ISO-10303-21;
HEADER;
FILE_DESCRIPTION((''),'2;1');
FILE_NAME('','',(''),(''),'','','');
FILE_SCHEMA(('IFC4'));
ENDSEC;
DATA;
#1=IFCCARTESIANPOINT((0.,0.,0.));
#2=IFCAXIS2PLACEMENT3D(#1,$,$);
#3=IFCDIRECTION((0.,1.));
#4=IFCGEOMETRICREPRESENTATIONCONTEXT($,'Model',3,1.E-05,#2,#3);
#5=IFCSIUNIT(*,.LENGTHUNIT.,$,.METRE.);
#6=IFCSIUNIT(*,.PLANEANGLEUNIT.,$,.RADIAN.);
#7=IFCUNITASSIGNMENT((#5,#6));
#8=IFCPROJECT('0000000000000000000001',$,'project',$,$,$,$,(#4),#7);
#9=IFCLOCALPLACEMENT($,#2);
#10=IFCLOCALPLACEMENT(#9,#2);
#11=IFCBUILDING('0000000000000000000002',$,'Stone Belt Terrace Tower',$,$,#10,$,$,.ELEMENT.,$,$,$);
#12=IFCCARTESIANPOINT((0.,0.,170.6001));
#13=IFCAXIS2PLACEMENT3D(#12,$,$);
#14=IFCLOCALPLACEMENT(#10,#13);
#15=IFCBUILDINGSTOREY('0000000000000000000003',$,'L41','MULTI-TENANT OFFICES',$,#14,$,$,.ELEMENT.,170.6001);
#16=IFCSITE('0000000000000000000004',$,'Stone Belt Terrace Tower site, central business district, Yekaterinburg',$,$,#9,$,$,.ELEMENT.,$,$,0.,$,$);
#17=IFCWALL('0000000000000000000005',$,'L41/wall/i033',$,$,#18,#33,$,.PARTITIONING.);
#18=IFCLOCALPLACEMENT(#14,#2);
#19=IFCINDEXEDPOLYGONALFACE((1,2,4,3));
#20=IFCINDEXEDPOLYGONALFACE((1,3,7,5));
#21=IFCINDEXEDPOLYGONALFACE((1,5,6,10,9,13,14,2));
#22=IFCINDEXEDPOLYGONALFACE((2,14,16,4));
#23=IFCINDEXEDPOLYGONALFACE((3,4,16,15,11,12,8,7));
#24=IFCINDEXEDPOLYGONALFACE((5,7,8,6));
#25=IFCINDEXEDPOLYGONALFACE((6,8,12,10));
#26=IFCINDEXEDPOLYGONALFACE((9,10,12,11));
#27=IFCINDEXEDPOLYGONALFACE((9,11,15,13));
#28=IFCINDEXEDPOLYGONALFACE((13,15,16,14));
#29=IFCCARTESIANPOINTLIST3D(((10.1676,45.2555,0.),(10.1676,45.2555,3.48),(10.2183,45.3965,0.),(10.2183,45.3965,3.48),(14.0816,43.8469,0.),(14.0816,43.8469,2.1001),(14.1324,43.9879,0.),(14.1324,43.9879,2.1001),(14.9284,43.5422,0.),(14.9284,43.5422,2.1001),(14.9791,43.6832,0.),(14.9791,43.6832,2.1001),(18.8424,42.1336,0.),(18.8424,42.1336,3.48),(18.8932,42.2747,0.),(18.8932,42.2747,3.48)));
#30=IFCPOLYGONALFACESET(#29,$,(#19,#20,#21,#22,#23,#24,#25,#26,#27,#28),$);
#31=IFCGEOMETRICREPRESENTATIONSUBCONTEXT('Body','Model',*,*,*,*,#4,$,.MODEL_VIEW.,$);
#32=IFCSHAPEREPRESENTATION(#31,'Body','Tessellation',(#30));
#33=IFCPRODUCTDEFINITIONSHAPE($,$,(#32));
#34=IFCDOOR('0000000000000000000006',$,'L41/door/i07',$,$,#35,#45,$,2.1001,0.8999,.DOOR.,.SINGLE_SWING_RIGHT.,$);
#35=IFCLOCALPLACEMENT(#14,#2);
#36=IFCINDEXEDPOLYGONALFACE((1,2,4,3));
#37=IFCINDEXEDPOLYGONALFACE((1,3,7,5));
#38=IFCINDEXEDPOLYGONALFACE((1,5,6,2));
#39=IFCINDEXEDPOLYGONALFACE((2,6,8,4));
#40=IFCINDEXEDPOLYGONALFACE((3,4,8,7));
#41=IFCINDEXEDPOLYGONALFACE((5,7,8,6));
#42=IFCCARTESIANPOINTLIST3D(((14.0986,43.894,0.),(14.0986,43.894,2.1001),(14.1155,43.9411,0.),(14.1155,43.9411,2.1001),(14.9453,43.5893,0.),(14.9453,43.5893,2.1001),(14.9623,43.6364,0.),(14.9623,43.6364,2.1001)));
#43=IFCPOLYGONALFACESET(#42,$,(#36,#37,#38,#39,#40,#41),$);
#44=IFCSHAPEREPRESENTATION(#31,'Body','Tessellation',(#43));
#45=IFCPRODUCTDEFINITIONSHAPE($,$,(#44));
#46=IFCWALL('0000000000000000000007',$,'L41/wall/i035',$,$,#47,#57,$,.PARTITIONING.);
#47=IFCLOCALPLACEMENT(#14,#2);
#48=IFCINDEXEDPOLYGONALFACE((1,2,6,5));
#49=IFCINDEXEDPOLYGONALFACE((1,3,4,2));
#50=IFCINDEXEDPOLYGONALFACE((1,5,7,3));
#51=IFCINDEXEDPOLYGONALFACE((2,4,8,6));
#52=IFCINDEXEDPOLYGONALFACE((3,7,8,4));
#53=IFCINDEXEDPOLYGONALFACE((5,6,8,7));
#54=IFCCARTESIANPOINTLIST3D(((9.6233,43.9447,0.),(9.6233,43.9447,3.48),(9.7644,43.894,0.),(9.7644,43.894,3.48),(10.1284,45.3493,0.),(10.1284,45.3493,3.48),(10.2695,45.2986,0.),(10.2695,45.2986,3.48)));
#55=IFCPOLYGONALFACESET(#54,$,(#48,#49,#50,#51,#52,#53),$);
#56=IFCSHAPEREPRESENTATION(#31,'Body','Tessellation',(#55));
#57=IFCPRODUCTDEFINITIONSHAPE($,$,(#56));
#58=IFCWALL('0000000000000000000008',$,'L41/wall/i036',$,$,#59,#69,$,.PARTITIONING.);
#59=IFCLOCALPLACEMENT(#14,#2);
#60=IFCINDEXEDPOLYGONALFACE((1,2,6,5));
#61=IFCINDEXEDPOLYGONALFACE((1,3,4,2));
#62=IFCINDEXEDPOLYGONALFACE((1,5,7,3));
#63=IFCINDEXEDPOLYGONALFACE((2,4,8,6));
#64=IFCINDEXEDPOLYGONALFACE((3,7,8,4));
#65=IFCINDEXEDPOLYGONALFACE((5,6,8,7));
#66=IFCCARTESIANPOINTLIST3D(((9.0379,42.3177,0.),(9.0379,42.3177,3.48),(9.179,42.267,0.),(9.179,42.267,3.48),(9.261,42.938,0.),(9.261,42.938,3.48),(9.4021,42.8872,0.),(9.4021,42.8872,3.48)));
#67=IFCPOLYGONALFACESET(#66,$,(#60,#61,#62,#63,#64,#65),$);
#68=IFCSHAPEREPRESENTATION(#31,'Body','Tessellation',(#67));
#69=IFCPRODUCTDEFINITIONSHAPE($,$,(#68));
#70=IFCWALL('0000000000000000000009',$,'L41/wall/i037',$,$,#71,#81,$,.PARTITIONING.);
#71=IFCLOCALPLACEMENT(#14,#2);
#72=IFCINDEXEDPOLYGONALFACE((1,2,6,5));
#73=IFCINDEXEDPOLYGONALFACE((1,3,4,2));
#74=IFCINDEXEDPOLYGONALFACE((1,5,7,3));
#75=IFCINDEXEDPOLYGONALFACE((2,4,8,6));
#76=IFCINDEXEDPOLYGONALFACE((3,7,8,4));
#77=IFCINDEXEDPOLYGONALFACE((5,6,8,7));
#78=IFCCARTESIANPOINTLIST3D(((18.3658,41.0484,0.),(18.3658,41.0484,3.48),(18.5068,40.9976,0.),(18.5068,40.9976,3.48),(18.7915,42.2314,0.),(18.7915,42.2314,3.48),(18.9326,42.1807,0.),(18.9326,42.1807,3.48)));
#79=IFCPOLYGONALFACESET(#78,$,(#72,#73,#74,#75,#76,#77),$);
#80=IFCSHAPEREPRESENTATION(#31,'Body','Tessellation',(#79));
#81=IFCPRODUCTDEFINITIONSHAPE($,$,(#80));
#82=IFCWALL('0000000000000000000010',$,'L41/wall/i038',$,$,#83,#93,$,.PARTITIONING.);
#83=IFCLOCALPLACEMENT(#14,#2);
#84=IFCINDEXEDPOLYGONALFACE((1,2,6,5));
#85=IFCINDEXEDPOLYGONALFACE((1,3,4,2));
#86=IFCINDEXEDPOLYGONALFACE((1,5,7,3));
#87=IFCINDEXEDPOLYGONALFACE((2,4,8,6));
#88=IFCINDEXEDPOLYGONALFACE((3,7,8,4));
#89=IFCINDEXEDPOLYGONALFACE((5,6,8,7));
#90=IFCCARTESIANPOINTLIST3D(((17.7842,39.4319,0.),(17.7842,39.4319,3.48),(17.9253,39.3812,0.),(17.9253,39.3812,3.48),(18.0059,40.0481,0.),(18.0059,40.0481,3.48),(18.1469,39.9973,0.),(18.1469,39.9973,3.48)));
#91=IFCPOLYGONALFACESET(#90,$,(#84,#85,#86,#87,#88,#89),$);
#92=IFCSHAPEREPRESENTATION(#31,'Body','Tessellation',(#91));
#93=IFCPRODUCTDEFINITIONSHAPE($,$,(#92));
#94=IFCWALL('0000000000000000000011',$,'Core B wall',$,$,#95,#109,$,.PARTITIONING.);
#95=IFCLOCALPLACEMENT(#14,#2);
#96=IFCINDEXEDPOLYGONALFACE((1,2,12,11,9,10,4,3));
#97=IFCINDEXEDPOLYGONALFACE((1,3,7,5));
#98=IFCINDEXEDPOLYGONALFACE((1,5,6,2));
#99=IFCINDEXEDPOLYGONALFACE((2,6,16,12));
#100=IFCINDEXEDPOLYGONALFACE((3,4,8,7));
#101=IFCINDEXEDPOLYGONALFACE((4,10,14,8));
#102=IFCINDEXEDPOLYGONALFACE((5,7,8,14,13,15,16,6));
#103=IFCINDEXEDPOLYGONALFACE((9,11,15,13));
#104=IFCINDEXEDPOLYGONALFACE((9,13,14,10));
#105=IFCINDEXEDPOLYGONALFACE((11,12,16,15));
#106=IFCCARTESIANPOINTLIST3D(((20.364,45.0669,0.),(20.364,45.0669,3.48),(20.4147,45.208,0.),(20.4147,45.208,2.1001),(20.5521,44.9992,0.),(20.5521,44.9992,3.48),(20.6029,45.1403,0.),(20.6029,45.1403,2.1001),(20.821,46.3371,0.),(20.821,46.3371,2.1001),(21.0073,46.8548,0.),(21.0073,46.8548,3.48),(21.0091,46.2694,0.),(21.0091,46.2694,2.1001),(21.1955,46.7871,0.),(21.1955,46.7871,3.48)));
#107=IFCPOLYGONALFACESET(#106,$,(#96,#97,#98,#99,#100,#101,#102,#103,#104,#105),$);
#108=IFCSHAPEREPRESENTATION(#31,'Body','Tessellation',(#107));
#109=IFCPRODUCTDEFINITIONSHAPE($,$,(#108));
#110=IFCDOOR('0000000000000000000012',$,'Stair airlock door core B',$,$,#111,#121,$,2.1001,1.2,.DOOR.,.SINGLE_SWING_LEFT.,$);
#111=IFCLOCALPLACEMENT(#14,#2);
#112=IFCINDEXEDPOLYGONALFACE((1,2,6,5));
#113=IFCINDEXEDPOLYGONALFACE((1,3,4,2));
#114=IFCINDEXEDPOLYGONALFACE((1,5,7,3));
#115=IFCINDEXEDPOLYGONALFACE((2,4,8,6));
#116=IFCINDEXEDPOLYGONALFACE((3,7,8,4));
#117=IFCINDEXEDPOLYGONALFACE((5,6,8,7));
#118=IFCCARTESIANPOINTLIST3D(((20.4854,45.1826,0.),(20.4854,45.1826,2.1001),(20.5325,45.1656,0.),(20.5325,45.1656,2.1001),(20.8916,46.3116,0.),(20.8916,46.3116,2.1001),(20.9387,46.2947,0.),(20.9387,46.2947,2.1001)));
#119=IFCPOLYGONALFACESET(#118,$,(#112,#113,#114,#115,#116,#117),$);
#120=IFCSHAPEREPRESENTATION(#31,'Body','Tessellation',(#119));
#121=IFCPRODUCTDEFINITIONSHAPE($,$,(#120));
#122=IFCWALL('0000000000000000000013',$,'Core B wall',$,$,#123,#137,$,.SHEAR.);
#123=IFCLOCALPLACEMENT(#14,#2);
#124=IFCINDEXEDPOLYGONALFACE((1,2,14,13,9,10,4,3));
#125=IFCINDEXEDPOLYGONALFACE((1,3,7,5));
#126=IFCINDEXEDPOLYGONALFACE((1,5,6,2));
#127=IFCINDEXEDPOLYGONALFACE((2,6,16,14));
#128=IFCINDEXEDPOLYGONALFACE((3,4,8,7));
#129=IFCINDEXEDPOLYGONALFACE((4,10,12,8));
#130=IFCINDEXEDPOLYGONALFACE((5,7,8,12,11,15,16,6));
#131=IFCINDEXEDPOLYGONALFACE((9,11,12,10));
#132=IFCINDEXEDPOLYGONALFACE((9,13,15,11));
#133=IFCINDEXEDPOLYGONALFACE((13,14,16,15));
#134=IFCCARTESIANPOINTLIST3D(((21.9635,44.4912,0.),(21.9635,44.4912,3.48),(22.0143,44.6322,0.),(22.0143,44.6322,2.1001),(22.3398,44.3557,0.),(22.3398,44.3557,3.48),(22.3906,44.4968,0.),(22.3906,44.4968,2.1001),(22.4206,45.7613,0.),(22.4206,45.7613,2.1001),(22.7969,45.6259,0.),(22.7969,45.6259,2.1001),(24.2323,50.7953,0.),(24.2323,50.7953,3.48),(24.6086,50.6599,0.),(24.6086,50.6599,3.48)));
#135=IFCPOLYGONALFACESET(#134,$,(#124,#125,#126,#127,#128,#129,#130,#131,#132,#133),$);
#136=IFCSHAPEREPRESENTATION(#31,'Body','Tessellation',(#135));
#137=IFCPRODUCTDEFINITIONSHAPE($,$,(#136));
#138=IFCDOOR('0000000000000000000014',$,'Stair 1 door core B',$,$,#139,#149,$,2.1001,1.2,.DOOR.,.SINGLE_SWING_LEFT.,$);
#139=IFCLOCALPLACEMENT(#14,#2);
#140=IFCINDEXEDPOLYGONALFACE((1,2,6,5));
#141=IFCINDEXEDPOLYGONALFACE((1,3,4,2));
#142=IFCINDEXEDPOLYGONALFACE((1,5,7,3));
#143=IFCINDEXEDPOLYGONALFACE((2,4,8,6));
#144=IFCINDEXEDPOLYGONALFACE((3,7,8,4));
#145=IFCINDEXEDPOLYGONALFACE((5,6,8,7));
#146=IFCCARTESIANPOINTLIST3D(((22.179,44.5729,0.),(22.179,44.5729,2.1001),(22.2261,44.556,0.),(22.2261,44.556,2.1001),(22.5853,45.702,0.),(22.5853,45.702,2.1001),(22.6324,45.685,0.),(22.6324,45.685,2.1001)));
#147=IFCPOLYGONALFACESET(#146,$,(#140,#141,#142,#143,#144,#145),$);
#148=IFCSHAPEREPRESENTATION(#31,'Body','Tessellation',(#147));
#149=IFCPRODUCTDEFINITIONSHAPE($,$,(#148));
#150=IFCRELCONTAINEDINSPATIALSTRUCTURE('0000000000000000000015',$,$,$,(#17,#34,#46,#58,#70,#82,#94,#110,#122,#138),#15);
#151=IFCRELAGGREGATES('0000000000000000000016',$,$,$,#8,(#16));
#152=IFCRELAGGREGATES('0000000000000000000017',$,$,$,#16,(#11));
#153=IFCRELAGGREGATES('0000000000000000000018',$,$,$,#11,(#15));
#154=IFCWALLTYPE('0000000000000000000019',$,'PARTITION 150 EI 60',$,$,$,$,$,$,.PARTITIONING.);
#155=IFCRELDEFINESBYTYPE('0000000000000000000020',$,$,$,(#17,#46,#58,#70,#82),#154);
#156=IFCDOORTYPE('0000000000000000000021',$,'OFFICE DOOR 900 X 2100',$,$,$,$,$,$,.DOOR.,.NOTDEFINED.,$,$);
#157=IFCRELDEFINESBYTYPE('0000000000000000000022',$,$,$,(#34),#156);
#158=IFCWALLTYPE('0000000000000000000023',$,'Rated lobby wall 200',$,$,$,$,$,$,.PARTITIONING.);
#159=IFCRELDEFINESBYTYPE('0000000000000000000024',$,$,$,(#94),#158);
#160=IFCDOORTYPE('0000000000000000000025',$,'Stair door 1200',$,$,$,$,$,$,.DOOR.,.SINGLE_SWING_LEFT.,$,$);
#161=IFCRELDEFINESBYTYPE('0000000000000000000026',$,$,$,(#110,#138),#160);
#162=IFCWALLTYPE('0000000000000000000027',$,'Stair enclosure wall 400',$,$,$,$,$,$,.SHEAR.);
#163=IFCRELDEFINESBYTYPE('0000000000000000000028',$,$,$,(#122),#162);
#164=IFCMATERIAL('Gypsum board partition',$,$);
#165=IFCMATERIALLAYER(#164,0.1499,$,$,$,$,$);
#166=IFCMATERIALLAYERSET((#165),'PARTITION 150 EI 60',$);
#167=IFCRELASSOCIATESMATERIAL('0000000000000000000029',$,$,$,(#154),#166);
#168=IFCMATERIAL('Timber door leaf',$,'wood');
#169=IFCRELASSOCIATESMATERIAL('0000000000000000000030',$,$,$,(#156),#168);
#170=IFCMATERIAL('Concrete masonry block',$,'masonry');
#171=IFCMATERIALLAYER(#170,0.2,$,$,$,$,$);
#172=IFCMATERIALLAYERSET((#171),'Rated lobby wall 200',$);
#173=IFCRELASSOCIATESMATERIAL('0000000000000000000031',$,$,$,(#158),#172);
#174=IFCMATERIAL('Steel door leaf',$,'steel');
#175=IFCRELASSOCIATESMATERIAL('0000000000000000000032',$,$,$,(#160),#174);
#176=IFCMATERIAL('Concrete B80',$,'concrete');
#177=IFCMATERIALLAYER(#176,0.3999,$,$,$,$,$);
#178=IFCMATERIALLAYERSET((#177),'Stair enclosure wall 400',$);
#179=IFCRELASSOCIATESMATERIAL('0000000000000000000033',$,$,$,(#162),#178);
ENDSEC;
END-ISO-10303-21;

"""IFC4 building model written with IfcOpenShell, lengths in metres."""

from ifc_helpers import new_model, si_unit, direction, frame, frame_2d, origin, place, context, subcontext, project, spatial, rectangle, extrude, material, layer, layer_set, type_object, element, fill, save


model = new_model("IFC4")

# Units and contexts
model_context = context("Model", 3, precision=1e-05, world=origin(), true_north=direction((0.0, 1.0)))
body_context = subcontext(model_context, "Body", "Model", "MODEL_VIEW")
ifc_project = project(units=[si_unit("LENGTHUNIT", "METRE"), si_unit("PLANEANGLEUNIT", "RADIAN")], contexts=[model_context])

# Site, building, storey
site_placement = place(None, origin())
site = spatial("IfcSite", under=ifc_project, at=site_placement, Name="Stone Belt Terrace Tower site, central business district, Yekaterinburg", CompositionType="ELEMENT", RefElevation=0.0)
building_placement = place(site_placement, origin())
building = spatial("IfcBuilding", under=site, at=building_placement, Name="Stone Belt Terrace Tower", CompositionType="ELEMENT")
storey_placement = place(building_placement, frame((0.0, 0.0, 170.6001)))
storey = spatial("IfcBuildingStorey", under=building, at=storey_placement, Name="L41", Description="MULTI-TENANT OFFICES", CompositionType="ELEMENT", Elevation=170.6001)

# Shared definitions
ifc_material_1 = material(Name="Concrete B80", Category="concrete")

# Shared definitions
ifc_material_2 = material(Name="Gypsum board partition")
ifc_layer_1 = layer(ifc_material_2, 0.1499)
ifc_layer_set_1 = layer_set([ifc_layer_1], Name="PARTITION 150 EI 60")
wall_type_1 = type_object("IfcWallType", Name="PARTITION 150 EI 60", PredefinedType="PARTITIONING", material=ifc_layer_set_1)

# Wall, opening, door
ifc_material_3 = material(Name="Timber door leaf", Category="wood")
door_type_1 = type_object("IfcDoorType", Name="OFFICE DOOR 900 X 2100", OperationType="NOTDEFINED", PredefinedType="DOOR", material=ifc_material_3)
wall_1_placement = place(storey_placement, frame((18.8679, 42.2041, 0.0), z_axis=(0.0, 0.0, 1.0), x_axis=(-0.940926, 0.338614, 0.0)))
wall_1 = element("IfcWall", 1, at=wall_1_placement, inside=storey, type_object=wall_type_1, Name="L41/wall/i033", PredefinedType="PARTITIONING", context=body_context, shape_type="SweptSolid", body=[
    extrude(rectangle(XDim=9.2195, YDim=0.1499, at=frame_2d((4.6099, 0.0))), origin(), (0.0, 0.0, 1.0), 3.48),
])
opening_1_placement = place(wall_1_placement, frame((4.1599, 0.0, 0.0)))
opening_1 = element("IfcOpeningElement", 2, at=opening_1_placement, cuts=wall_1, PredefinedType="OPENING", context=body_context, shape_type="SweptSolid", body=[
    extrude(rectangle(XDim=0.8999, YDim=2.1001, at=frame_2d((0.45, 1.05))), frame((0.0, 0.085, 0.0), z_axis=(0.0, -1.0, 0.0), x_axis=(1.0, 0.0, 0.0)), (0.0, 0.0, 1.0), 0.1699),
])
door_1_placement = place(opening_1_placement, origin())
door_1 = element("IfcDoor", 3, at=door_1_placement, inside=storey, type_object=door_type_1, Name="L41/door/i07", OperationType="SINGLE_SWING_RIGHT", OverallHeight=2.1001, OverallWidth=0.8999, PredefinedType="DOOR", context=body_context, shape_type="SweptSolid", body=[
    extrude(rectangle(XDim=0.8999, YDim=2.1001, at=frame_2d((0.45, 1.05))), frame((0.0, 0.0249, 0.0), z_axis=(0.0, -1.0, 0.0), x_axis=(1.0, 0.0, 0.0)), (0.0, 0.0, 1.0), 0.05),
])
fill(opening_1, door_1)

# Walls
wall_2_placement = place(storey_placement, frame((10.199, 45.324, 0.0), z_axis=(0.0, 0.0, 1.0), x_axis=(-0.338418, -0.940996, 0.0)))
element("IfcWall", 4, at=wall_2_placement, inside=storey, type_object=wall_type_1, Name="L41/wall/i035", PredefinedType="PARTITIONING", context=body_context, shape_type="SweptSolid", body=[
    extrude(rectangle(XDim=1.4927, YDim=0.1499, at=frame_2d((0.7463, 0.0))), origin(), (0.0, 0.0, 1.0), 3.48),
])
wall_3_placement = place(storey_placement, frame((9.3315, 42.9126, 0.0), z_axis=(0.0, 0.0, 1.0), x_axis=(-0.33847, -0.940977, 0.0)))
element("IfcWall", 5, at=wall_3_placement, inside=storey, type_object=wall_type_1, Name="L41/wall/i036", PredefinedType="PARTITIONING", context=body_context, shape_type="SweptSolid", body=[
    extrude(rectangle(XDim=0.6592, YDim=0.1499, at=frame_2d((0.3296, 0.0))), origin(), (0.0, 0.0, 1.0), 3.48),
])
wall_4_placement = place(storey_placement, frame((18.8621, 42.2061, 0.0), z_axis=(0.0, 0.0, 1.0), x_axis=(-0.338623, -0.940922, 0.0)))
element("IfcWall", 6, at=wall_4_placement, inside=storey, type_object=wall_type_1, Name="L41/wall/i037", PredefinedType="PARTITIONING", context=body_context, shape_type="SweptSolid", body=[
    extrude(rectangle(XDim=1.2573, YDim=0.1499, at=frame_2d((0.6287, 0.0))), origin(), (0.0, 0.0, 1.0), 3.48),
])
wall_5_placement = place(storey_placement, frame((18.0764, 40.0227, 0.0), z_axis=(0.0, 0.0, 1.0), x_axis=(-0.338508, -0.940963, 0.0)))
element("IfcWall", 7, at=wall_5_placement, inside=storey, type_object=wall_type_1, Name="L41/wall/i038", PredefinedType="PARTITIONING", context=body_context, shape_type="SweptSolid", body=[
    extrude(rectangle(XDim=0.6548, YDim=0.1499, at=frame_2d((0.3274, 0.0))), origin(), (0.0, 0.0, 1.0), 3.48),
])

# Walls, openings, doors
ifc_material_4 = material(Name="Concrete masonry block", Category="masonry")
ifc_layer_2 = layer(ifc_material_4, 0.2)
ifc_layer_set_2 = layer_set([ifc_layer_2], Name="Rated lobby wall 200")
wall_type_2 = type_object("IfcWallType", Name="Rated lobby wall 200", PredefinedType="PARTITIONING", material=ifc_layer_set_2)
wall_6_placement = place(storey_placement, frame((20.458, 45.033, 0.0), z_axis=(0.0, 0.0, 1.0), x_axis=(0.338574, 0.94094, 0.0)))
wall_6 = element("IfcWall", 8, at=wall_6_placement, inside=storey, type_object=wall_type_2, Name="Core B wall", PredefinedType="PARTITIONING", context=body_context, shape_type="SweptSolid", body=[
    extrude(rectangle(XDim=1.9001, YDim=0.2, at=frame_2d((0.9502, 0.0))), origin(), (0.0, 0.0, 1.0), 3.48),
])
opening_2_placement = place(wall_6_placement, frame((0.1499, 0.0, 0.0)))
opening_2 = element("IfcOpeningElement", 9, at=opening_2_placement, cuts=wall_6, PredefinedType="OPENING", context=body_context, shape_type="SweptSolid", body=[
    extrude(rectangle(XDim=1.2, YDim=2.1001, at=frame_2d((0.6001, 1.05))), frame((0.0, 0.1099, 0.0), z_axis=(0.0, -1.0, 0.0), x_axis=(1.0, 0.0, 0.0)), (0.0, 0.0, 1.0), 0.22),
])
ifc_material_5 = material(Name="Steel door leaf", Category="steel")
door_type_2 = type_object("IfcDoorType", Name="Stair door 1200", OperationType="SINGLE_SWING_LEFT", PredefinedType="DOOR", material=ifc_material_5)
door_2_placement = place(opening_2_placement, origin())
door_2 = element("IfcDoor", 10, at=door_2_placement, inside=storey, type_object=door_type_2, Name="Stair airlock door core B", OperationType="SINGLE_SWING_LEFT", OverallHeight=2.1001, OverallWidth=1.2, PredefinedType="DOOR", context=body_context, shape_type="SweptSolid", body=[
    extrude(rectangle(XDim=1.2, YDim=2.1001, at=frame_2d((0.6001, 1.05))), frame((0.0, 0.0249, 0.0), z_axis=(0.0, -1.0, 0.0), x_axis=(1.0, 0.0, 0.0)), (0.0, 0.0, 1.0), 0.05),
])
fill(opening_2, door_2)
ifc_layer_3 = layer(ifc_material_1, 0.3999)
ifc_layer_set_3 = layer_set([ifc_layer_3], Name="Stair enclosure wall 400")
wall_type_3 = type_object("IfcWallType", Name="Stair enclosure wall 400", PredefinedType="SHEAR", material=ifc_layer_set_3)
wall_7_placement = place(storey_placement, frame((22.1516, 44.4233, 0.0), z_axis=(0.0, 0.0, 1.0), x_axis=(0.338625, 0.940921, 0.0)))
wall_7 = element("IfcWall", 11, at=wall_7_placement, inside=storey, type_object=wall_type_3, Name="Core B wall", PredefinedType="SHEAR", context=body_context, shape_type="SweptSolid", body=[
    extrude(rectangle(XDim=6.7, YDim=0.3999, at=frame_2d((3.3501, 0.0))), origin(), (0.0, 0.0, 1.0), 3.48),
])
opening_3_placement = place(wall_7_placement, frame((0.1499, 0.0, 0.0)))
opening_3 = element("IfcOpeningElement", 12, at=opening_3_placement, cuts=wall_7, PredefinedType="OPENING", context=body_context, shape_type="SweptSolid", body=[
    extrude(rectangle(XDim=1.2, YDim=2.1001, at=frame_2d((0.6001, 1.05))), frame((0.0, 0.21, 0.0), z_axis=(0.0, -1.0, 0.0), x_axis=(1.0, 0.0, 0.0)), (0.0, 0.0, 1.0), 0.4199),
])
door_3_placement = place(opening_3_placement, origin())
door_3 = element("IfcDoor", 13, at=door_3_placement, inside=storey, type_object=door_type_2, Name="Stair 1 door core B", OperationType="SINGLE_SWING_LEFT", OverallHeight=2.1001, OverallWidth=1.2, PredefinedType="DOOR", context=body_context, shape_type="SweptSolid", body=[
    extrude(rectangle(XDim=1.2, YDim=2.1001, at=frame_2d((0.6001, 1.05))), frame((0.0, 0.0249, 0.0), z_axis=(0.0, -1.0, 0.0), x_axis=(1.0, 0.0, 0.0)), (0.0, 0.0, 1.0), 0.05),
])
fill(opening_3, door_3)

save(model, "model.ifc")
